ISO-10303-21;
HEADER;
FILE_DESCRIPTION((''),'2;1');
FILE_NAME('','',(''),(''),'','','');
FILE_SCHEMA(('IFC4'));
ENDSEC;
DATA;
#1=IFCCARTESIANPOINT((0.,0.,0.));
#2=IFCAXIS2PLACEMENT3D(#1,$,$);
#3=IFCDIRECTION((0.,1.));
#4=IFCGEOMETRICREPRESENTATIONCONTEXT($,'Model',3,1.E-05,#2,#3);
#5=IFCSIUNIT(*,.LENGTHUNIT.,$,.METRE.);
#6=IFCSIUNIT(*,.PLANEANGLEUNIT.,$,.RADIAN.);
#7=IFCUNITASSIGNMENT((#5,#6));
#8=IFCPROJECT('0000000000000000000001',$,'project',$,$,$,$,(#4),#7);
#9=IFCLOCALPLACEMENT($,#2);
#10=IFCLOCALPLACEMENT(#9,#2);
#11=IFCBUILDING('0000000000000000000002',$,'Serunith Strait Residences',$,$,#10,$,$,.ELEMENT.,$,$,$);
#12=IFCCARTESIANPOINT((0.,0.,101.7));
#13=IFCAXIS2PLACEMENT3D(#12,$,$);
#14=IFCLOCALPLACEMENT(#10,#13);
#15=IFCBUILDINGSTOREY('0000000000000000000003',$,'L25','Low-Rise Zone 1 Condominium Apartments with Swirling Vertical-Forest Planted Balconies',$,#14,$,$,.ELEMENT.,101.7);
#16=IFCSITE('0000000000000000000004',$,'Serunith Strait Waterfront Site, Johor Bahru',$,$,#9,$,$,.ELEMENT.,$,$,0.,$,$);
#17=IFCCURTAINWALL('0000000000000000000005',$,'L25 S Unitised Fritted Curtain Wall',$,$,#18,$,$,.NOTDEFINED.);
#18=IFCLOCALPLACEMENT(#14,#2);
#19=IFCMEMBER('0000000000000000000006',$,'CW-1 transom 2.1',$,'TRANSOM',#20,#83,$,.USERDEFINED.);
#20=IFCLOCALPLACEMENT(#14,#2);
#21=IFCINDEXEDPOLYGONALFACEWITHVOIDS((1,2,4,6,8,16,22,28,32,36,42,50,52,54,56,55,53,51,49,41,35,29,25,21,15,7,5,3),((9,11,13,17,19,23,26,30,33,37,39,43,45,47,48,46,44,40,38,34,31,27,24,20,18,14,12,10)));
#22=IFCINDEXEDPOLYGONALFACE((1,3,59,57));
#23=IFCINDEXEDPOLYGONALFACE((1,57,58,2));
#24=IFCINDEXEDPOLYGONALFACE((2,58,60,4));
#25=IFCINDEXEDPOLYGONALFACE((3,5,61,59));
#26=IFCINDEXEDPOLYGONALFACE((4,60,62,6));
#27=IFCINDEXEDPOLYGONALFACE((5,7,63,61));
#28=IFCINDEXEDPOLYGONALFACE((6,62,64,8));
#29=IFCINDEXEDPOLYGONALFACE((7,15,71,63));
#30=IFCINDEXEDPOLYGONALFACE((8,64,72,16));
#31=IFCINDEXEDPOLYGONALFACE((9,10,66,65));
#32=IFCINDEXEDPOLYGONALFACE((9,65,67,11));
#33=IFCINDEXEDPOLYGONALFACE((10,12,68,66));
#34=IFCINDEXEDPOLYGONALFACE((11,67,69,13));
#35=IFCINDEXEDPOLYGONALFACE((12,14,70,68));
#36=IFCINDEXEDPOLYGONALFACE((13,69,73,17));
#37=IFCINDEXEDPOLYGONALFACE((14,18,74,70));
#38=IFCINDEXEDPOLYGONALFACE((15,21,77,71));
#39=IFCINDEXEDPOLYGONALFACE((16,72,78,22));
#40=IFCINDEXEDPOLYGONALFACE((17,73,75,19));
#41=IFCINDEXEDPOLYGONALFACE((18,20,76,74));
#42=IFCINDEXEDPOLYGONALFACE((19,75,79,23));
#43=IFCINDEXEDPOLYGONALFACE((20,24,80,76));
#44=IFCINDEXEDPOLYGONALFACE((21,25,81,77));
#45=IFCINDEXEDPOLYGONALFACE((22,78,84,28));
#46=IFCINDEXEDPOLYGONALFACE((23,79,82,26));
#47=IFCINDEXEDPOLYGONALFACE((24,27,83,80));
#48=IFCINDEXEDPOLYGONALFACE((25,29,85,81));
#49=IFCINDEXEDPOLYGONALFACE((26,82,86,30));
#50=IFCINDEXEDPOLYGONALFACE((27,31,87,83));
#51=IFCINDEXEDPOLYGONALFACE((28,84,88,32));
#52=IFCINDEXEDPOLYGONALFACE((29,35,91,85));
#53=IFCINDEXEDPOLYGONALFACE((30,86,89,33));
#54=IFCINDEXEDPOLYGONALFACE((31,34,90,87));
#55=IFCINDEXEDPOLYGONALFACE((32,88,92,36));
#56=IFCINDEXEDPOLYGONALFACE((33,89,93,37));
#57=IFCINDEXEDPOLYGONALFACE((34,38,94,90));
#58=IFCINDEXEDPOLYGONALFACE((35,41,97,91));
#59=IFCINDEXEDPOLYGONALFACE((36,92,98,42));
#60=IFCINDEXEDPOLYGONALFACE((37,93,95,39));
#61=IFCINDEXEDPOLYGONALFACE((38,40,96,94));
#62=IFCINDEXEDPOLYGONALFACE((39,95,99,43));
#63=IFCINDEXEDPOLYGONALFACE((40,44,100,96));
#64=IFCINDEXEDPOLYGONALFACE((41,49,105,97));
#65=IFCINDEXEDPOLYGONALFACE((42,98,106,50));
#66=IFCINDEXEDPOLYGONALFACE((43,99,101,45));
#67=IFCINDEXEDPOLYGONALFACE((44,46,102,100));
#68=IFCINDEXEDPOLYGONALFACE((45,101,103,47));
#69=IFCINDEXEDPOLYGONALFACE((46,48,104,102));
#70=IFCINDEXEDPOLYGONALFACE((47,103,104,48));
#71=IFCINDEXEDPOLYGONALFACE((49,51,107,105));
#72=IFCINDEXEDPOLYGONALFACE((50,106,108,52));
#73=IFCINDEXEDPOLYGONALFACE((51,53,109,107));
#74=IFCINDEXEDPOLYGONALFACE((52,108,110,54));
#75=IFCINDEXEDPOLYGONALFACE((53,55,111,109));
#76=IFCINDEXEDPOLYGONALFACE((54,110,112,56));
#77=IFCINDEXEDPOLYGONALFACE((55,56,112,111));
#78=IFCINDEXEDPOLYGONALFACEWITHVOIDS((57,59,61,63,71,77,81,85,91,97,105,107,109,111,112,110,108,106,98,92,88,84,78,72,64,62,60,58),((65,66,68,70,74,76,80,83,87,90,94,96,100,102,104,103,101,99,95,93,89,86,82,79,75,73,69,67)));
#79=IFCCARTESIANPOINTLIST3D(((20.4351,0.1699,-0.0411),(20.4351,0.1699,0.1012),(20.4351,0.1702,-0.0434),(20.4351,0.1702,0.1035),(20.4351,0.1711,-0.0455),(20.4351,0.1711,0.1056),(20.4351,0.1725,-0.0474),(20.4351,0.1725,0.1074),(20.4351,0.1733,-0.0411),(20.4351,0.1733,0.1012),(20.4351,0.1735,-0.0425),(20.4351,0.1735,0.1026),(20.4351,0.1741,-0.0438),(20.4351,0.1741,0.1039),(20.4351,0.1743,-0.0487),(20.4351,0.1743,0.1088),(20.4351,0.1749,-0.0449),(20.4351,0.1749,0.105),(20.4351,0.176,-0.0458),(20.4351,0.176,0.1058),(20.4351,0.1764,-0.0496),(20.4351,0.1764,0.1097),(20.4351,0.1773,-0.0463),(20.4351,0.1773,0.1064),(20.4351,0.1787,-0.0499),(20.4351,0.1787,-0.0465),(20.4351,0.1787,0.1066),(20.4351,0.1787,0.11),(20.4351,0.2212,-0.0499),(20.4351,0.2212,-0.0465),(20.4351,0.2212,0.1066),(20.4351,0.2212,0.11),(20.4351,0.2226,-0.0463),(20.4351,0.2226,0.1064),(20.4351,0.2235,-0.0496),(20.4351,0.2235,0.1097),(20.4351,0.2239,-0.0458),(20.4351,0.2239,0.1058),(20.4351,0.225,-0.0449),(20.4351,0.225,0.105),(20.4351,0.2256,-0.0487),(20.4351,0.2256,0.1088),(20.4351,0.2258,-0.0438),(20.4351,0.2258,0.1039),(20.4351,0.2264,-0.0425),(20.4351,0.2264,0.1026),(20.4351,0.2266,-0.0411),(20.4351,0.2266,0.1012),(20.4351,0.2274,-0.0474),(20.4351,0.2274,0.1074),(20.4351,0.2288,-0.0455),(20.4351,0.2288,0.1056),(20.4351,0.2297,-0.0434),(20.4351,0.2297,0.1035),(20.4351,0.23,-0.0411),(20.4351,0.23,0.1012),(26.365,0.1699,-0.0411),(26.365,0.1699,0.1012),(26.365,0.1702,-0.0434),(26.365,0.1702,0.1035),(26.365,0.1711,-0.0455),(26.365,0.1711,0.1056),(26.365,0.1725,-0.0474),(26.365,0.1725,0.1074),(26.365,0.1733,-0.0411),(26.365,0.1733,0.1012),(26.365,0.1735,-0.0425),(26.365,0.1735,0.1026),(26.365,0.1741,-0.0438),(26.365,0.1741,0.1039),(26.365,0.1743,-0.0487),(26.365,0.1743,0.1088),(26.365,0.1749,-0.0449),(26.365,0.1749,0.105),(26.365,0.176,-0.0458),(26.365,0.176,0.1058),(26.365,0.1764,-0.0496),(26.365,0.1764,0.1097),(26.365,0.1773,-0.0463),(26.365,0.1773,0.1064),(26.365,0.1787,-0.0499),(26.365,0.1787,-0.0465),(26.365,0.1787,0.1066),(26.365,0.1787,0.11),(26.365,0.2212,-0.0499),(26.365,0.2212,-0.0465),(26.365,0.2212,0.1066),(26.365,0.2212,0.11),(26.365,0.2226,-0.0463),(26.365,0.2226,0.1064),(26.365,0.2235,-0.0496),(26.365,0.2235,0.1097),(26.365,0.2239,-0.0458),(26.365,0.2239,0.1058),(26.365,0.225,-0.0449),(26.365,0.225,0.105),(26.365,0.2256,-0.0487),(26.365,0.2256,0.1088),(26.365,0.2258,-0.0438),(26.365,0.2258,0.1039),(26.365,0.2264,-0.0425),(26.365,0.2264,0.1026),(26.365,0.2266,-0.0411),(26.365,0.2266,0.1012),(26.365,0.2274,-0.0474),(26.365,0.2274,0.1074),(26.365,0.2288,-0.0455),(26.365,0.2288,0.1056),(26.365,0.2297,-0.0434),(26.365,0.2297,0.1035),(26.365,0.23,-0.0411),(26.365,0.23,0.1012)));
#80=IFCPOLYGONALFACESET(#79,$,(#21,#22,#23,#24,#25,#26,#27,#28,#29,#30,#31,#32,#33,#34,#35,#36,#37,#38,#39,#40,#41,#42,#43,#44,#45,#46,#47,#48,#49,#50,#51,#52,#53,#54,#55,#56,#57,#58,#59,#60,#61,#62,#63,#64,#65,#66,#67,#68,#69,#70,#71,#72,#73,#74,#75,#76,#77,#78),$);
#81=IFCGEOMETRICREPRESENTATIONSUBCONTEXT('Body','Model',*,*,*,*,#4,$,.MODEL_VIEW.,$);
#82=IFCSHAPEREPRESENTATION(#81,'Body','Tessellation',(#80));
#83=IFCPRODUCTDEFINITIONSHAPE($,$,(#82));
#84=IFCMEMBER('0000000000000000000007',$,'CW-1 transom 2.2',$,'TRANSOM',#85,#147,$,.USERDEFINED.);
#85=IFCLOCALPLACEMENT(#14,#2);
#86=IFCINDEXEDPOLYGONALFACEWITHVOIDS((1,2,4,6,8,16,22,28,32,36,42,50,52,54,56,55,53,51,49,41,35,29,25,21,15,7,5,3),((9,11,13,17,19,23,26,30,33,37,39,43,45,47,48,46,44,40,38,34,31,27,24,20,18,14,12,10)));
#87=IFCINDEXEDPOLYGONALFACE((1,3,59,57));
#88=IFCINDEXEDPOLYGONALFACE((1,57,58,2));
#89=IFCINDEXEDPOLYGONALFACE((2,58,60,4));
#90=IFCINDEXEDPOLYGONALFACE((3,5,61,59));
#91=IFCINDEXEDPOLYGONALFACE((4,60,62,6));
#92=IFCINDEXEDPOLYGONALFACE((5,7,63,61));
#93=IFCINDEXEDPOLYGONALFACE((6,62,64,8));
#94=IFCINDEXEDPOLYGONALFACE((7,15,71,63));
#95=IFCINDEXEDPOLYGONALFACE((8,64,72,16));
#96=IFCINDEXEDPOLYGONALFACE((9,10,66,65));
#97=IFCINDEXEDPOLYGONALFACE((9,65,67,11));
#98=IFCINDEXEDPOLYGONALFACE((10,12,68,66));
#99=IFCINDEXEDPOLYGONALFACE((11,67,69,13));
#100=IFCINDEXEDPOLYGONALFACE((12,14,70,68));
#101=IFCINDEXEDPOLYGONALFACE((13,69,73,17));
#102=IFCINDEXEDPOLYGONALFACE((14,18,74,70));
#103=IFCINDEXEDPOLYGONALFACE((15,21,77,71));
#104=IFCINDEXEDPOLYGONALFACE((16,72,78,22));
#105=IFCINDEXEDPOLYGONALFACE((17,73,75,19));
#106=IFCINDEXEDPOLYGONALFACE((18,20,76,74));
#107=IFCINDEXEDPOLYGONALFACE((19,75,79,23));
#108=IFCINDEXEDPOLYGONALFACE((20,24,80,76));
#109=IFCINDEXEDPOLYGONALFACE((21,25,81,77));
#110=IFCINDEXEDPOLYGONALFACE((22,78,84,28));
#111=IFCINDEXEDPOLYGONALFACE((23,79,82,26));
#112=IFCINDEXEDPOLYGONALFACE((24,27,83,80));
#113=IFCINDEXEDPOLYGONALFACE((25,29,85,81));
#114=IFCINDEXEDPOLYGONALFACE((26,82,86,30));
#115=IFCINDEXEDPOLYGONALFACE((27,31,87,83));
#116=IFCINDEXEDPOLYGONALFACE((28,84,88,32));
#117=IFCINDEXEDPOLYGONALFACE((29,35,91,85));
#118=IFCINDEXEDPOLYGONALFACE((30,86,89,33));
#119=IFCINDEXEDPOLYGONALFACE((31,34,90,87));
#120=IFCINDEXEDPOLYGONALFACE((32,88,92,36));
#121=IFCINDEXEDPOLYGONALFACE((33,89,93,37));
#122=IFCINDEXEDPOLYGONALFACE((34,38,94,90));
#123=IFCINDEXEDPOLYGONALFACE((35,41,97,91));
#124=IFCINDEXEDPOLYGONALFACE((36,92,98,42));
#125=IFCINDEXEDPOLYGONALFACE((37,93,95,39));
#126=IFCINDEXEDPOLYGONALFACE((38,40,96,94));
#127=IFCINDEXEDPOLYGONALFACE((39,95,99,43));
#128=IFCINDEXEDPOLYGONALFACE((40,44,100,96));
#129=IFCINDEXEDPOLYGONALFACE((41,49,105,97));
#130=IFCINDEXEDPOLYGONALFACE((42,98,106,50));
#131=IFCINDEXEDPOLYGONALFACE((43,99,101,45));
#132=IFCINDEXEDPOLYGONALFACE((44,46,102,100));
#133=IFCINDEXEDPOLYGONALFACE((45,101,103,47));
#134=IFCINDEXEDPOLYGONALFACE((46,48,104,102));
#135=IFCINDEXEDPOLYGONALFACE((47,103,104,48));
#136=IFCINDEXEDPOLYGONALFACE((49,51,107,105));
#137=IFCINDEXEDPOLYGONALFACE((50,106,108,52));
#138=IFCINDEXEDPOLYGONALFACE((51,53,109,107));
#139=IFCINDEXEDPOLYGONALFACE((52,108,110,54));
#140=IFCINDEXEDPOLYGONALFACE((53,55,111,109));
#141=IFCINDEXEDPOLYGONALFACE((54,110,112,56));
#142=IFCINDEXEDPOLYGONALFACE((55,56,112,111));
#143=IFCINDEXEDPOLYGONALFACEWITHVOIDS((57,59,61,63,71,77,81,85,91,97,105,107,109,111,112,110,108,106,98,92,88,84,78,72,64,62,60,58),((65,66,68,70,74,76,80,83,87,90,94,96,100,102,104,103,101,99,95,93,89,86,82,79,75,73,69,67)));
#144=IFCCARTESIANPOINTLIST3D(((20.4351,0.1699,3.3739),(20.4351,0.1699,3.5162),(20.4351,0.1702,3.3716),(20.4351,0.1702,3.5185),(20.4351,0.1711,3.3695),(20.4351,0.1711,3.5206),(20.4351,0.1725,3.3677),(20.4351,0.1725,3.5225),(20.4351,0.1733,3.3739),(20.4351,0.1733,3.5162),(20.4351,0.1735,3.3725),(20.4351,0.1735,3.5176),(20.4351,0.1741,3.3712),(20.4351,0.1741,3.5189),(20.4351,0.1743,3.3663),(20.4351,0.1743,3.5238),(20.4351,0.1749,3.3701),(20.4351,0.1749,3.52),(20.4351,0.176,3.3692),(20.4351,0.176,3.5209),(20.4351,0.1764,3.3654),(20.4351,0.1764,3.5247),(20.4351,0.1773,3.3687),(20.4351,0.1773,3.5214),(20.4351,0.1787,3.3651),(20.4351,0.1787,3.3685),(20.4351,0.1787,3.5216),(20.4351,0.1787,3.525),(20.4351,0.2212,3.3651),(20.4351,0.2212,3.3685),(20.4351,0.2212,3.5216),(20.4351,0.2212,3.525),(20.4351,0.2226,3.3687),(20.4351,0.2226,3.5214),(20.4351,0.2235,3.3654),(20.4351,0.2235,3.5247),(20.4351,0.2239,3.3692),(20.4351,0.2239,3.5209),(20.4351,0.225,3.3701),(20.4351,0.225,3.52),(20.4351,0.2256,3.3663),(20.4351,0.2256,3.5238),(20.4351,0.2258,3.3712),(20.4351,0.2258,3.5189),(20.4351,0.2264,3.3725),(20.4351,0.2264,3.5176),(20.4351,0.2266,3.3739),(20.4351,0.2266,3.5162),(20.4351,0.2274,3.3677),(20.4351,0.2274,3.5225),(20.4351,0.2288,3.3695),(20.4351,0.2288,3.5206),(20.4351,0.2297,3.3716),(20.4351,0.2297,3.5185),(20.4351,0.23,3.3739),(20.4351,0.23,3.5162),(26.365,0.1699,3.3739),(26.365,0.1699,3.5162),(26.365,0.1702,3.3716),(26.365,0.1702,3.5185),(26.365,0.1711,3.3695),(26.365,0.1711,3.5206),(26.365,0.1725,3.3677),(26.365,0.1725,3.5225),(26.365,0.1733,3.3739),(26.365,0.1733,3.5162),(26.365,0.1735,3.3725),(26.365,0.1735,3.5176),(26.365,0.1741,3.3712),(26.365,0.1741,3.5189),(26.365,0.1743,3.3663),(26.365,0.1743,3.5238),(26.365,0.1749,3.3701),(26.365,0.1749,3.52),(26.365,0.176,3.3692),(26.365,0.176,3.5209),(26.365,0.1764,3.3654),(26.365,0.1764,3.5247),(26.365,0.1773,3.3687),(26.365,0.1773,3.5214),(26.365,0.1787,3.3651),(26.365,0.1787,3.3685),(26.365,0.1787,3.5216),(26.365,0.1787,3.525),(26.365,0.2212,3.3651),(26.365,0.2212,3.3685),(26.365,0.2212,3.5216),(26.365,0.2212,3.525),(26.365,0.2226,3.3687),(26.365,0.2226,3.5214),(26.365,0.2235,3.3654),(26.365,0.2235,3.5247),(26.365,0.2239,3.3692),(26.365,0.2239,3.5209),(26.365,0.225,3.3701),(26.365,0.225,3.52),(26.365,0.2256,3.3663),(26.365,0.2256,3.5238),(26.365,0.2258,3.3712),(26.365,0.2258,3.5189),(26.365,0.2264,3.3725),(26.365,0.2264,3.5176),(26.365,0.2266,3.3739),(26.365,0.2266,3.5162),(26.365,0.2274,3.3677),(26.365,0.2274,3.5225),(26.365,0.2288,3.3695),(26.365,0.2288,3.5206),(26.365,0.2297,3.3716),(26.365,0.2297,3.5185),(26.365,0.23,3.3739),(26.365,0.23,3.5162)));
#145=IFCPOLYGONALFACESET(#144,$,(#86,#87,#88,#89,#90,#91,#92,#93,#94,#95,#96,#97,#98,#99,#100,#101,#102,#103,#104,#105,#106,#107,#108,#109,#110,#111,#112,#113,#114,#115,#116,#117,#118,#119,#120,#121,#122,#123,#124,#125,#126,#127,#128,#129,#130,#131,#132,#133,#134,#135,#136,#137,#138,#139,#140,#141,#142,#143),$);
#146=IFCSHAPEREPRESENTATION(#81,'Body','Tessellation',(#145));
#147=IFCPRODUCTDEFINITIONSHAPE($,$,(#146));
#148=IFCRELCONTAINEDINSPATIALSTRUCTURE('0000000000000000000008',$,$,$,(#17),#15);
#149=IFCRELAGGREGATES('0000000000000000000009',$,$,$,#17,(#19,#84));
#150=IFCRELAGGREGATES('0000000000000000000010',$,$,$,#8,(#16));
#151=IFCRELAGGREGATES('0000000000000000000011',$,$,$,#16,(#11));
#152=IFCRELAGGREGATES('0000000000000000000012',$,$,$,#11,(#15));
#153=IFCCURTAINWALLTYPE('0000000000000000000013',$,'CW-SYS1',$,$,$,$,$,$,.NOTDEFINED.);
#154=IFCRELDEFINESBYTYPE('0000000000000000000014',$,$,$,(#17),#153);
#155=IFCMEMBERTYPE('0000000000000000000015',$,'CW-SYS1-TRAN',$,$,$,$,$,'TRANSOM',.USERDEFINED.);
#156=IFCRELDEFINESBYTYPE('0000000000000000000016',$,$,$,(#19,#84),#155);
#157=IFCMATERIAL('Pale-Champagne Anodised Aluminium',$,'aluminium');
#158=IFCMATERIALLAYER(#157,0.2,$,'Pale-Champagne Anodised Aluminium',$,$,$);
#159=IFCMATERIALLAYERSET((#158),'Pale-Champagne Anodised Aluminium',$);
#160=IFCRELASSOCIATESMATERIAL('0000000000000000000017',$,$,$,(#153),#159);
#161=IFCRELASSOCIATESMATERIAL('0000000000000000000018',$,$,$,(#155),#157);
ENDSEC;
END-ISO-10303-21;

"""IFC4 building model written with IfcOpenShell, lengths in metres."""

from ifc_helpers import new_model, si_unit, direction, frame, origin, origin_2d, place, context, subcontext, project, spatial, hollow_rectangle, extrude, source, transform, mapped, material, layer, layer_set, material_profile, profile_set, type_object, element, aggregate, save


model = new_model("IFC4")

# Units and contexts
model_context = context("Model", 3, precision=1e-05, world=origin(), true_north=direction((0.0, 1.0)))
body_context = subcontext(model_context, "Body", "Model", "MODEL_VIEW")
ifc_project = project(units=[si_unit("LENGTHUNIT", "METRE"), si_unit("PLANEANGLEUNIT", "RADIAN")], contexts=[model_context])

# Site, building, storey
site_placement = place(None, origin())
site = spatial("IfcSite", under=ifc_project, at=site_placement, Name="Serunith Strait Waterfront Site, Johor Bahru", CompositionType="ELEMENT", RefElevation=0.0)
building_placement = place(site_placement, origin())
building = spatial("IfcBuilding", under=site, at=building_placement, Name="Serunith Strait Residences", CompositionType="ELEMENT")
storey_placement = place(building_placement, frame((0.0, 0.0, 101.7)))
storey = spatial("IfcBuildingStorey", under=building, at=storey_placement, Name="L25", Description="Low-Rise Zone 1 Condominium Apartments with Swirling Vertical-Forest Planted Balconies", CompositionType="ELEMENT", Elevation=101.7)

# Curtain wall, members
ifc_material_1 = material(Name="Pale-Champagne Anodised Aluminium", Category="aluminium")
ifc_layer_1 = layer(ifc_material_1, 0.2, Name="Pale-Champagne Anodised Aluminium")
ifc_layer_set_1 = layer_set([ifc_layer_1], Name="Pale-Champagne Anodised Aluminium")
curtain_wall_type = type_object("IfcCurtainWallType", Name="CW-SYS1", PredefinedType="NOTDEFINED", material=ifc_layer_set_1)
curtain_wall_placement = place(storey_placement, origin())
curtain_wall = element("IfcCurtainWall", 1, at=curtain_wall_placement, inside=storey, type_object=curtain_wall_type, Name="L25 S Unitised Fritted Curtain Wall", PredefinedType="NOTDEFINED")
ifc_material_profile_1 = material_profile(ifc_material_1, hollow_rectangle(XDim=0.0601, YDim=0.1599, WallThickness=0.0034, InnerFilletRadius=0.0054, OuterFilletRadius=0.0088, at=origin_2d()), Name="ALU 160x60x3.5")
ifc_profile_set_1 = profile_set([ifc_material_profile_1], Name="Pale-Champagne Anodised Aluminium")
member_type_1 = type_object("IfcMemberType", Name="CW-SYS1-TRAN", ElementType="TRANSOM", PredefinedType="USERDEFINED", material=ifc_profile_set_1)
shared_shape_1 = source(origin(), body_context, "Body", "SweptSolid", [
    extrude(hollow_rectangle(XDim=0.0601, YDim=0.1599, WallThickness=0.0034, InnerFilletRadius=0.0054, OuterFilletRadius=0.0088, at=origin_2d()), origin(), (0.0, 0.0, 1.0), 5.9299),
])
member_1_placement = place(storey_placement, frame((20.4351, 0.2, 0.03), z_axis=(1.0, 0.0, 0.0), x_axis=(0.0, 1.0, 0.0)))
member_1 = element("IfcMember", 2, at=member_1_placement, type_object=member_type_1, Name="CW-1 transom 2.1", ObjectType="TRANSOM", PredefinedType="USERDEFINED", context=body_context, shape_type="MappedRepresentation", body=[
    mapped(shared_shape_1, transform((0.0, 0.0, 0.0), scale=1.0)),
])
member_2_placement = place(storey_placement, frame((20.4351, 0.2, 3.4451), z_axis=(1.0, 0.0, 0.0), x_axis=(0.0, 1.0, 0.0)))
member_2 = element("IfcMember", 3, at=member_2_placement, type_object=member_type_1, Name="CW-1 transom 2.2", ObjectType="TRANSOM", PredefinedType="USERDEFINED", context=body_context, shape_type="MappedRepresentation", body=[
    mapped(shared_shape_1, transform((0.0, 0.0, 0.0), scale=1.0)),
])
aggregate(curtain_wall, [member_1, member_2])

save(model, "model.ifc")
